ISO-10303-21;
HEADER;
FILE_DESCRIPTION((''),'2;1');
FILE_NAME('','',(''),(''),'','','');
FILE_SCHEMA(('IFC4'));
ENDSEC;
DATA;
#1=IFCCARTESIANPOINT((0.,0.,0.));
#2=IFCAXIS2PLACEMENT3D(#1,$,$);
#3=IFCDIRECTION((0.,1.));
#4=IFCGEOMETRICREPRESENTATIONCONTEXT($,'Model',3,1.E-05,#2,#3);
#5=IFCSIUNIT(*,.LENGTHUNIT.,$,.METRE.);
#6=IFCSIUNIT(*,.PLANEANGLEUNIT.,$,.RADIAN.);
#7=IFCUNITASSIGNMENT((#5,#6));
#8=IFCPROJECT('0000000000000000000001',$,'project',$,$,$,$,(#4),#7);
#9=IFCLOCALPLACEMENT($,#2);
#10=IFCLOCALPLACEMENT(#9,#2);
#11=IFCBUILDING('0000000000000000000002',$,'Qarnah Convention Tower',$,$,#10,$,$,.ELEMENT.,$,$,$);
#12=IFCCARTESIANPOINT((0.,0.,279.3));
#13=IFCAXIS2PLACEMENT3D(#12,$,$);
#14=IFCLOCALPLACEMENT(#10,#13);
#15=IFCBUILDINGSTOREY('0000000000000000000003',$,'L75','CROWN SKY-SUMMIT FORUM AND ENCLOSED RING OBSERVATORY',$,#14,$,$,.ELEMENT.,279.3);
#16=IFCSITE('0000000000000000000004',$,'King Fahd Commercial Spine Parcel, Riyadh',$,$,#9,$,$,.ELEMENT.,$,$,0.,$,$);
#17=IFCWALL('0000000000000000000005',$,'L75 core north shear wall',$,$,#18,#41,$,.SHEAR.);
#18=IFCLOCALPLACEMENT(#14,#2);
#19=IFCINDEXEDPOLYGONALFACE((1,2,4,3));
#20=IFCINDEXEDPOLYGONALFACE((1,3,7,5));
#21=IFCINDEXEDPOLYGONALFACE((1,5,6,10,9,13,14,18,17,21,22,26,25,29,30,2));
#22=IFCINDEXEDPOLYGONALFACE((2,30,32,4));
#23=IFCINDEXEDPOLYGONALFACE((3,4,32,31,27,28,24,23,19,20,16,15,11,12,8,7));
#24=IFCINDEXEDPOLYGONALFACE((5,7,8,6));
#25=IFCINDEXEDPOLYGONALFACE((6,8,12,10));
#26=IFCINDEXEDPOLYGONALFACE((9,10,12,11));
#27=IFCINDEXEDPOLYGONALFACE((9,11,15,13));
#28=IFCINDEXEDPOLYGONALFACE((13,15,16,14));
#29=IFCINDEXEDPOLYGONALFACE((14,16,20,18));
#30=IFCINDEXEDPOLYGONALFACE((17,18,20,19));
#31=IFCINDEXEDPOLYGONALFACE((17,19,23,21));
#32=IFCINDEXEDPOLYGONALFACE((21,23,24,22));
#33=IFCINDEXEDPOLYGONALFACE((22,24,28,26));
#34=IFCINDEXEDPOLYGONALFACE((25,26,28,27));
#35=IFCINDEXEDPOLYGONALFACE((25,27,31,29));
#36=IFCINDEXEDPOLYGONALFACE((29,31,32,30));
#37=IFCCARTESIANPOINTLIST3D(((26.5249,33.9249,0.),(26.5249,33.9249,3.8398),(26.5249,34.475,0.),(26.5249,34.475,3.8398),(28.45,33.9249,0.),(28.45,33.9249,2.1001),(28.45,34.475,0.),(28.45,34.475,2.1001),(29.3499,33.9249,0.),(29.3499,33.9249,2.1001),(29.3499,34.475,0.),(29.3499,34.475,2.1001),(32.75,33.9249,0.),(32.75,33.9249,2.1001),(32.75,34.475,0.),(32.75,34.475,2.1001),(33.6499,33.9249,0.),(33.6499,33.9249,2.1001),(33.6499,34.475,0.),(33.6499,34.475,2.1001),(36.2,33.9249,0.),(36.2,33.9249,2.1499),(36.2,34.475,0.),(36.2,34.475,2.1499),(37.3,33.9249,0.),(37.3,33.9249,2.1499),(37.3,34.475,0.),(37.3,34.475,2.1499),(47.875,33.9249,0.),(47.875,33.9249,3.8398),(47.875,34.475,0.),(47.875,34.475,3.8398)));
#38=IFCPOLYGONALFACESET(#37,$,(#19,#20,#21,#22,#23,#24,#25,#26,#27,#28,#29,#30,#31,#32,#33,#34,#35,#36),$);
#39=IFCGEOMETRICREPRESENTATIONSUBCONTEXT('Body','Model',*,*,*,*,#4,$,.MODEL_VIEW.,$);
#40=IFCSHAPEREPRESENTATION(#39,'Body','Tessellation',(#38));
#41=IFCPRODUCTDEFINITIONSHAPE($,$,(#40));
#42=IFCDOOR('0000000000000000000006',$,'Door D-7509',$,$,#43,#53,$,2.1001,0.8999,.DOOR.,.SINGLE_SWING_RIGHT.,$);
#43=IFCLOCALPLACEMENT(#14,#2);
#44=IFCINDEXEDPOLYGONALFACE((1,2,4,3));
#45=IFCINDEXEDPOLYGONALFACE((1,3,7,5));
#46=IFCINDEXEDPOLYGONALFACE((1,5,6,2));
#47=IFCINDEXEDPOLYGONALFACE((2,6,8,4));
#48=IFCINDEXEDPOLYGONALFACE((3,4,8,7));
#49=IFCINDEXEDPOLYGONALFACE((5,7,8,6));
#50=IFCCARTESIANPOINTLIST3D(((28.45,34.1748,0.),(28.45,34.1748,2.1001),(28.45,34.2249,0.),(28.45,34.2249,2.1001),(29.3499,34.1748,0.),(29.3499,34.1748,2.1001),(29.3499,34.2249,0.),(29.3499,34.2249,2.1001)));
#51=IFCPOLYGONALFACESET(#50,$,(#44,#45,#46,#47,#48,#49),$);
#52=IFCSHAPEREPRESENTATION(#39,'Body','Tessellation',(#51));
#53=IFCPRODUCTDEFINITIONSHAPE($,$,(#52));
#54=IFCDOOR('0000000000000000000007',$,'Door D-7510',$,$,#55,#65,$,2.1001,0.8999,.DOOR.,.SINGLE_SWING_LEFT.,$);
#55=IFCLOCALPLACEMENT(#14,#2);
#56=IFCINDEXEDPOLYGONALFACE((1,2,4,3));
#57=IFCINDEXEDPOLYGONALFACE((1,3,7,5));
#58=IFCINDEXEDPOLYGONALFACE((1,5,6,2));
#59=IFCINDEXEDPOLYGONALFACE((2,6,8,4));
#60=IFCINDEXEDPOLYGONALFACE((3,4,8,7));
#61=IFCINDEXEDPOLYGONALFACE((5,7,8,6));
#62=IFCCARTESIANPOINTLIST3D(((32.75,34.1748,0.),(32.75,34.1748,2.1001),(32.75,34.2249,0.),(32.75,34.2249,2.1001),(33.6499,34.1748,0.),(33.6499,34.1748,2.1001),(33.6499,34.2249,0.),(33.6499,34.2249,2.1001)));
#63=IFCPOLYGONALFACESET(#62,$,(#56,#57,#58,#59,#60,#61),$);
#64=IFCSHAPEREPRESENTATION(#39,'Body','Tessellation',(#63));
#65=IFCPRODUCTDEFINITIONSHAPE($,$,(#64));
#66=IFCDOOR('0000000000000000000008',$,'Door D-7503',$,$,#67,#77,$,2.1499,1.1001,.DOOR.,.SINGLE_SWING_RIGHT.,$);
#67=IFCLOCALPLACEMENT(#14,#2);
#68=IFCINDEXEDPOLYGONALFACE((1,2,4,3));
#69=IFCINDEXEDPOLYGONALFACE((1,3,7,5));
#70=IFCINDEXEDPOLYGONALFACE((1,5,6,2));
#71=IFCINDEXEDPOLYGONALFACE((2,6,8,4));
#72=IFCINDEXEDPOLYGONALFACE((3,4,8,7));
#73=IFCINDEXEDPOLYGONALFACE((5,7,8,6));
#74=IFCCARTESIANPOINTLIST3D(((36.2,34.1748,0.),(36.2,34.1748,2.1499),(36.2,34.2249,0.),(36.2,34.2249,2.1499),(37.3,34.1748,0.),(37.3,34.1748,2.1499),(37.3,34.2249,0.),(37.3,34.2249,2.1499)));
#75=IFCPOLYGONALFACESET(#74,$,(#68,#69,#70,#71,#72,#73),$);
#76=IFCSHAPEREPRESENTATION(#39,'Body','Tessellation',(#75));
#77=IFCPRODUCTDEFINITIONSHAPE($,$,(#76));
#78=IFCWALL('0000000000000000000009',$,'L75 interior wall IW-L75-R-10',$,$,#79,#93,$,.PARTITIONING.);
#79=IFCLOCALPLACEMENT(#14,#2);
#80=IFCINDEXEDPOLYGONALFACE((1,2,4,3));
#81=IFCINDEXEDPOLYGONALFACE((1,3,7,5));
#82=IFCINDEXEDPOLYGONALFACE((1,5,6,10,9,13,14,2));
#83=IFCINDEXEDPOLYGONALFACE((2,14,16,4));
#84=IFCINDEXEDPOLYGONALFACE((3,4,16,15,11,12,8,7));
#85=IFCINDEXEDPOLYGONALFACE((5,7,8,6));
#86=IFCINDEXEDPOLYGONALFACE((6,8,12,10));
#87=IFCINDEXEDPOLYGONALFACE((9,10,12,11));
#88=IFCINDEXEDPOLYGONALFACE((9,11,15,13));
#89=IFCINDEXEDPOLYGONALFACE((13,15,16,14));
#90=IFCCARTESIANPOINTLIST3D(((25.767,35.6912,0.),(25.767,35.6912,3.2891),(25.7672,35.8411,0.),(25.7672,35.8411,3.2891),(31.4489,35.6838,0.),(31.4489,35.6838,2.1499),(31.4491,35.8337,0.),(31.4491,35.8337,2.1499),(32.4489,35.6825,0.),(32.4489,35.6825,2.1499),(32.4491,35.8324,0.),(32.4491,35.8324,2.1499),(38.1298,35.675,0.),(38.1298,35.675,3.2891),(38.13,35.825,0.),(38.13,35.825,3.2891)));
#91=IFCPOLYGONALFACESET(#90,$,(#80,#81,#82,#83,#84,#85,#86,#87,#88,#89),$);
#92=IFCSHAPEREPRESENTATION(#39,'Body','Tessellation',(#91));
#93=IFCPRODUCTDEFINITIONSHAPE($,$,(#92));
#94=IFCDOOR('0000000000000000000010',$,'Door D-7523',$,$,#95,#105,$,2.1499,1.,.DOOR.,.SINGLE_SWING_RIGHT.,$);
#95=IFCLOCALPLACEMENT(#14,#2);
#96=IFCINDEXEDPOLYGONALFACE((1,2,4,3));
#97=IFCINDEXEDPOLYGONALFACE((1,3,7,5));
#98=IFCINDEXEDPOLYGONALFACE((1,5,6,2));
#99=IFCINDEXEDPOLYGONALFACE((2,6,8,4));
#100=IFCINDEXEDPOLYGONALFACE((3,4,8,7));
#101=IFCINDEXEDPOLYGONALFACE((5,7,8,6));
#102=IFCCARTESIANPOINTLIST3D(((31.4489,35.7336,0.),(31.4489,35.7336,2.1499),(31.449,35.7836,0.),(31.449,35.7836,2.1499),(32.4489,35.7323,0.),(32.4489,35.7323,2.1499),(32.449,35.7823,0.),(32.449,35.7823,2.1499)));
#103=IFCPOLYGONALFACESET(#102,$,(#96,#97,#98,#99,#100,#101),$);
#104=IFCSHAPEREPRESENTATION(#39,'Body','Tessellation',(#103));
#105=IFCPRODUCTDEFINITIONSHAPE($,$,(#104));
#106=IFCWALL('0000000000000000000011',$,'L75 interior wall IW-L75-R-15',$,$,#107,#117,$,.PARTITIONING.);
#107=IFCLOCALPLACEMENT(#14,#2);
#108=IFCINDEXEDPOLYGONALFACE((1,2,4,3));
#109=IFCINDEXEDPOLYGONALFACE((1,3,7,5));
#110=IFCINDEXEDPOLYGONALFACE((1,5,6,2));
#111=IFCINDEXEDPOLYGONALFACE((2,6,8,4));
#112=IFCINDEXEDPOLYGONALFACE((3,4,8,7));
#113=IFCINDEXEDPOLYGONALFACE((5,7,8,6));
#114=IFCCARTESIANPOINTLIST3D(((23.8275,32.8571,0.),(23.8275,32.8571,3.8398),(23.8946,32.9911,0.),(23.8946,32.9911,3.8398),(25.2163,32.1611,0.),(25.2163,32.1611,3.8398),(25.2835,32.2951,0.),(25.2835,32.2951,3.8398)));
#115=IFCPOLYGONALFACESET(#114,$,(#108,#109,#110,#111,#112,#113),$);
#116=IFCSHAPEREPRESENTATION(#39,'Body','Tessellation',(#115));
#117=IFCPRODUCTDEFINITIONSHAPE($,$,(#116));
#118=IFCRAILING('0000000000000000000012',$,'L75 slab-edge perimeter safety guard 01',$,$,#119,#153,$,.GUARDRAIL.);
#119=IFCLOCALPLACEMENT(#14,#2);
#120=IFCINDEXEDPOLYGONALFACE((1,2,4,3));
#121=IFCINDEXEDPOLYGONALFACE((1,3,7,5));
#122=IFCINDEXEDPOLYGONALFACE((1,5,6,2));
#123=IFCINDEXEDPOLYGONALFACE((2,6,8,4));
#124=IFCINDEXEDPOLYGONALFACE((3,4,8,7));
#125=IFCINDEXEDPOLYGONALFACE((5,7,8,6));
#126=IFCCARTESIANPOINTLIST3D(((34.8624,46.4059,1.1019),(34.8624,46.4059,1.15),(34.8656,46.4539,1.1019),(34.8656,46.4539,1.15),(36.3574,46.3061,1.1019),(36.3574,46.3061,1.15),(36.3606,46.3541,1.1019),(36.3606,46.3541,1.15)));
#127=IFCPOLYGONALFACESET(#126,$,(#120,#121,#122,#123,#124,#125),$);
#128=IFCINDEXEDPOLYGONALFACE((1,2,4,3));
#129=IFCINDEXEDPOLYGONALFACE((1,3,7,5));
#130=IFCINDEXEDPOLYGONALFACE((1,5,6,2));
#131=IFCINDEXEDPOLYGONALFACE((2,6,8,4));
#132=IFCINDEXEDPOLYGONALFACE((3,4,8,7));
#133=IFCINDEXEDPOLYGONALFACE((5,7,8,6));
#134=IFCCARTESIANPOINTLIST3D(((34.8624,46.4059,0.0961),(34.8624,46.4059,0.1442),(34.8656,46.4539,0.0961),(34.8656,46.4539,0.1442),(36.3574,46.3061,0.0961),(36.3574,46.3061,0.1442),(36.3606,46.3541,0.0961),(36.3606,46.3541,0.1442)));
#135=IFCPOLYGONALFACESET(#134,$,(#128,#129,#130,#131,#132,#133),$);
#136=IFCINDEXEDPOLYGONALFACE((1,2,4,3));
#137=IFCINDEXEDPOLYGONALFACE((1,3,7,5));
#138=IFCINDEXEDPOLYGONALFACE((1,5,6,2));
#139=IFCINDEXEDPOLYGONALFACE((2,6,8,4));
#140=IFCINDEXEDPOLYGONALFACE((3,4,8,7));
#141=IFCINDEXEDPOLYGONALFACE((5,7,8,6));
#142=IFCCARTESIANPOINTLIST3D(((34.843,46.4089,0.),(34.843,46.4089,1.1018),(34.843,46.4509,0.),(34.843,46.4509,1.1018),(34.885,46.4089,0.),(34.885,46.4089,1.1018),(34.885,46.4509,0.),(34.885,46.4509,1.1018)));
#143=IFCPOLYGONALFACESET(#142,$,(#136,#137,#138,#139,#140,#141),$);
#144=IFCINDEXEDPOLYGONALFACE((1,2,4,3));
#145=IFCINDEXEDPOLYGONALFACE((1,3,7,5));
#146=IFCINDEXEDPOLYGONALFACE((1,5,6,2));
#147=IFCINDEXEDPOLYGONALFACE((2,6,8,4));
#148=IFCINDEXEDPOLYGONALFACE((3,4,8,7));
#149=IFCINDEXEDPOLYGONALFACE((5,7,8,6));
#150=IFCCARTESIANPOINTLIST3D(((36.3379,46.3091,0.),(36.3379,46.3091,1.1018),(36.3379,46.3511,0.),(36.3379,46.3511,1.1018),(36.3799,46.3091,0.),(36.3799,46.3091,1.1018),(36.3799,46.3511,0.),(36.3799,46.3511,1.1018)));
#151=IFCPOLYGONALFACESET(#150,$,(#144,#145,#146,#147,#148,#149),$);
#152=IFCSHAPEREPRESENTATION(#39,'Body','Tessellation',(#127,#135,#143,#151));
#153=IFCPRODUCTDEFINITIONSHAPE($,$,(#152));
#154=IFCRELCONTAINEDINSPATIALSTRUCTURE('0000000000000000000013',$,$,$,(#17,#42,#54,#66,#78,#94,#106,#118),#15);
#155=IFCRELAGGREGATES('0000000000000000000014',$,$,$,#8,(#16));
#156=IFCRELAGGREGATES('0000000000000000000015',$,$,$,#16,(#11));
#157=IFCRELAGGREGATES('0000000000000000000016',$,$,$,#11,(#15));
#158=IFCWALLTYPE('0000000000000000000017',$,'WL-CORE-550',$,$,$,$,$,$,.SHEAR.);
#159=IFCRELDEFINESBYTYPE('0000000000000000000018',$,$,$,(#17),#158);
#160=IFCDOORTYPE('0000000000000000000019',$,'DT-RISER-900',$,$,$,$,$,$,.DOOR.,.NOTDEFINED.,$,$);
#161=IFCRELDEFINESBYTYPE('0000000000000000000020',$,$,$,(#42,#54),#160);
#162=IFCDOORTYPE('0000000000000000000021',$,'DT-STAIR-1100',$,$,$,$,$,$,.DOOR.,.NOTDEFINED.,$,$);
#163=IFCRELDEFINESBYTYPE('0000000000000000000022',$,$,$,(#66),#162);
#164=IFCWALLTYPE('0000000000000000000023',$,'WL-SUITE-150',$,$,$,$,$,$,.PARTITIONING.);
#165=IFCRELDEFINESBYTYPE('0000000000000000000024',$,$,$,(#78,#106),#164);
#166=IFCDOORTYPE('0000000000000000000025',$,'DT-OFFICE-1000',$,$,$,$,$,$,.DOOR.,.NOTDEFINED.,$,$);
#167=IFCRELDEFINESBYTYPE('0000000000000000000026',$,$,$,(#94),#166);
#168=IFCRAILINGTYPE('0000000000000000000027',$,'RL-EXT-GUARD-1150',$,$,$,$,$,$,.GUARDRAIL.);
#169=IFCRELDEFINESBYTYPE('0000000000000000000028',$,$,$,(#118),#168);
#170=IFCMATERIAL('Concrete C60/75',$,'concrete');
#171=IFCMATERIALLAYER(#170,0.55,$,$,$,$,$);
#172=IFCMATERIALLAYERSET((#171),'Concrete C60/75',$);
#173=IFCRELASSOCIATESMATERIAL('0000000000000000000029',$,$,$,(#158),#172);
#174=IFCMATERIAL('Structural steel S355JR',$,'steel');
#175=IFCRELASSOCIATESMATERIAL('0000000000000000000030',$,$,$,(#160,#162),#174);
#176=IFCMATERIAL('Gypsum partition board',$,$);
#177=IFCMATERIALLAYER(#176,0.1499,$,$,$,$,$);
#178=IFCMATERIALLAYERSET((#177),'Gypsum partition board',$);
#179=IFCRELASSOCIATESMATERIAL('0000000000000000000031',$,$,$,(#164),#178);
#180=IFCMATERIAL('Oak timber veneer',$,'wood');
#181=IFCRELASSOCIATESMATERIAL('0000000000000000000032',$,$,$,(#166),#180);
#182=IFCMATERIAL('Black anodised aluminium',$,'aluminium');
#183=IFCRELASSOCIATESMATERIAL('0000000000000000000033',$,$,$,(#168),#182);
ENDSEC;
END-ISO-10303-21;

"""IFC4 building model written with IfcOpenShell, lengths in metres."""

from ifc_helpers import new_model, si_unit, direction, frame, frame_2d, origin, origin_2d, place, context, subcontext, project, spatial, rectangle, extrude, material, layer, layer_set, type_object, element, fill, save


model = new_model("IFC4")

# Units and contexts
model_context = context("Model", 3, precision=1e-05, world=origin(), true_north=direction((0.0, 1.0)))
body_context = subcontext(model_context, "Body", "Model", "MODEL_VIEW")
ifc_project = project(units=[si_unit("LENGTHUNIT", "METRE"), si_unit("PLANEANGLEUNIT", "RADIAN")], contexts=[model_context])

# Site, building, storey
site_placement = place(None, origin())
site = spatial("IfcSite", under=ifc_project, at=site_placement, Name="King Fahd Commercial Spine Parcel, Riyadh", CompositionType="ELEMENT", RefElevation=0.0)
building_placement = place(site_placement, origin())
building = spatial("IfcBuilding", under=site, at=building_placement, Name="Qarnah Convention Tower", CompositionType="ELEMENT")
storey_placement = place(building_placement, frame((0.0, 0.0, 279.3)))
storey = spatial("IfcBuildingStorey", under=building, at=storey_placement, Name="L75", Description="CROWN SKY-SUMMIT FORUM AND ENCLOSED RING OBSERVATORY", CompositionType="ELEMENT", Elevation=279.3)

# Shared definitions
ifc_material_1 = material(Name="Structural steel S355JR", Category="steel")

# Shared definitions
ifc_material_2 = material(Name="Black anodised aluminium", Category="aluminium")

# Wall, openings, doors
ifc_material_3 = material(Name="Concrete C60/75", Category="concrete")
ifc_layer_1 = layer(ifc_material_3, 0.55)
ifc_layer_set_1 = layer_set([ifc_layer_1], Name="Concrete C60/75")
wall_type_1 = type_object("IfcWallType", Name="WL-CORE-550", PredefinedType="SHEAR", material=ifc_layer_set_1)
wall_1_placement = place(storey_placement, frame((26.5249, 34.2, 0.0), z_axis=(0.0, 0.0, 1.0), x_axis=(1.0, 0.0, 0.0)))
wall_1 = element("IfcWall", 1, at=wall_1_placement, inside=storey, type_object=wall_type_1, Name="L75 core north shear wall", PredefinedType="SHEAR", context=body_context, shape_type="SweptSolid", body=[
    extrude(rectangle(XDim=21.3501, YDim=0.55, at=frame_2d((10.675, 0.0))), origin(), (0.0, 0.0, 1.0), 3.8398),
])
opening_1_placement = place(wall_1_placement, frame((9.675, 0.0, 0.0)))
opening_1 = element("IfcOpeningElement", 2, at=opening_1_placement, cuts=wall_1, PredefinedType="OPENING", context=body_context, shape_type="SweptSolid", body=[
    extrude(rectangle(XDim=1.1001, YDim=2.1499, at=frame_2d((0.55, 1.075))), frame((0.0, 0.2849, 0.0), z_axis=(0.0, -1.0, 0.0), x_axis=(1.0, 0.0, 0.0)), (0.0, 0.0, 1.0), 0.5701),
])
opening_2_placement = place(wall_1_placement, frame((1.925, 0.0, 0.0)))
opening_2 = element("IfcOpeningElement", 3, at=opening_2_placement, cuts=wall_1, PredefinedType="OPENING", context=body_context, shape_type="SweptSolid", body=[
    extrude(rectangle(XDim=0.8999, YDim=2.1001, at=frame_2d((0.45, 1.05))), frame((0.0, 0.2849, 0.0), z_axis=(0.0, -1.0, 0.0), x_axis=(1.0, 0.0, 0.0)), (0.0, 0.0, 1.0), 0.5701),
])
opening_3_placement = place(wall_1_placement, frame((6.2251, 0.0, 0.0)))
opening_3 = element("IfcOpeningElement", 4, at=opening_3_placement, cuts=wall_1, PredefinedType="OPENING", context=body_context, shape_type="SweptSolid", body=[
    extrude(rectangle(XDim=0.8999, YDim=2.1001, at=frame_2d((0.45, 1.05))), frame((0.0, 0.2849, 0.0), z_axis=(0.0, -1.0, 0.0), x_axis=(1.0, 0.0, 0.0)), (0.0, 0.0, 1.0), 0.5701),
])
door_type_1 = type_object("IfcDoorType", Name="DT-RISER-900", OperationType="NOTDEFINED", PredefinedType="DOOR", material=ifc_material_1)
door_1_placement = place(opening_2_placement, origin())
door_1 = element("IfcDoor", 5, at=door_1_placement, inside=storey, type_object=door_type_1, Name="Door D-7509", OperationType="SINGLE_SWING_RIGHT", OverallHeight=2.1001, OverallWidth=0.8999, PredefinedType="DOOR", context=body_context, shape_type="SweptSolid", body=[
    extrude(rectangle(XDim=0.8999, YDim=2.1001, at=frame_2d((0.45, 1.05))), frame((0.0, 0.0249, 0.0), z_axis=(0.0, -1.0, 0.0), x_axis=(1.0, 0.0, 0.0)), (0.0, 0.0, 1.0), 0.05),
])
fill(opening_2, door_1)
door_2_placement = place(opening_3_placement, origin())
door_2 = element("IfcDoor", 6, at=door_2_placement, inside=storey, type_object=door_type_1, Name="Door D-7510", OperationType="SINGLE_SWING_LEFT", OverallHeight=2.1001, OverallWidth=0.8999, PredefinedType="DOOR", context=body_context, shape_type="SweptSolid", body=[
    extrude(rectangle(XDim=0.8999, YDim=2.1001, at=frame_2d((0.45, 1.05))), frame((0.0, 0.0249, 0.0), z_axis=(0.0, -1.0, 0.0), x_axis=(1.0, 0.0, 0.0)), (0.0, 0.0, 1.0), 0.05),
])
fill(opening_3, door_2)
door_type_2 = type_object("IfcDoorType", Name="DT-STAIR-1100", OperationType="NOTDEFINED", PredefinedType="DOOR", material=ifc_material_1)
door_3_placement = place(opening_1_placement, origin())
door_3 = element("IfcDoor", 7, at=door_3_placement, inside=storey, type_object=door_type_2, Name="Door D-7503", OperationType="SINGLE_SWING_RIGHT", OverallHeight=2.1499, OverallWidth=1.1001, PredefinedType="DOOR", context=body_context, shape_type="SweptSolid", body=[
    extrude(rectangle(XDim=1.1001, YDim=2.1499, at=frame_2d((0.55, 1.075))), frame((0.0, 0.0249, 0.0), z_axis=(0.0, -1.0, 0.0), x_axis=(1.0, 0.0, 0.0)), (0.0, 0.0, 1.0), 0.05),
])
fill(opening_1, door_3)

# Wall, opening, door
ifc_material_4 = material(Name="Gypsum partition board")
ifc_layer_2 = layer(ifc_material_4, 0.1499)
ifc_layer_set_2 = layer_set([ifc_layer_2], Name="Gypsum partition board")
wall_type_2 = type_object("IfcWallType", Name="WL-SUITE-150", PredefinedType="PARTITIONING", material=ifc_layer_set_2)
wall_2_placement = place(storey_placement, frame((25.7671, 35.7661, 0.0), z_axis=(0.0, 0.0, 1.0), x_axis=(0.999999, -0.001303, 0.0)))
wall_2 = element("IfcWall", 8, at=wall_2_placement, inside=storey, type_object=wall_type_2, Name="L75 interior wall IW-L75-R-10", PredefinedType="PARTITIONING", context=body_context, shape_type="SweptSolid", body=[
    extrude(rectangle(XDim=12.3628, YDim=0.1499, at=frame_2d((6.1814, 0.0))), origin(), (0.0, 0.0, 1.0), 3.2891),
])
opening_4_placement = place(wall_2_placement, frame((5.6819, 0.0, 0.0)))
opening_4 = element("IfcOpeningElement", 9, at=opening_4_placement, cuts=wall_2, PredefinedType="OPENING", context=body_context, shape_type="SweptSolid", body=[
    extrude(rectangle(XDim=1.0, YDim=2.1499, at=frame_2d((0.5, 1.075))), frame((0.0, 0.085, 0.0), z_axis=(0.0, -1.0, 0.0), x_axis=(1.0, 0.0, 0.0)), (0.0, 0.0, 1.0), 0.1699),
])
ifc_material_5 = material(Name="Oak timber veneer", Category="wood")
door_type_3 = type_object("IfcDoorType", Name="DT-OFFICE-1000", OperationType="NOTDEFINED", PredefinedType="DOOR", material=ifc_material_5)
door_4_placement = place(opening_4_placement, origin())
door_4 = element("IfcDoor", 10, at=door_4_placement, inside=storey, type_object=door_type_3, Name="Door D-7523", OperationType="SINGLE_SWING_RIGHT", OverallHeight=2.1499, OverallWidth=1.0, PredefinedType="DOOR", context=body_context, shape_type="SweptSolid", body=[
    extrude(rectangle(XDim=1.0, YDim=2.1499, at=frame_2d((0.5, 1.075))), frame((0.0, 0.0249, 0.0), z_axis=(0.0, -1.0, 0.0), x_axis=(1.0, 0.0, 0.0)), (0.0, 0.0, 1.0), 0.05),
])
fill(opening_4, door_4)

# Wall
wall_3_placement = place(storey_placement, frame((25.25, 32.228, 0.0), z_axis=(0.0, 0.0, 1.0), x_axis=(-0.894018, 0.448031, 0.0)))
element("IfcWall", 11, at=wall_3_placement, inside=storey, type_object=wall_type_2, Name="L75 interior wall IW-L75-R-15", PredefinedType="PARTITIONING", context=body_context, shape_type="SweptSolid", body=[
    extrude(rectangle(XDim=1.5535, YDim=0.1499, at=frame_2d((0.7769, 0.0))), origin(), (0.0, 0.0, 1.0), 3.8398),
])

# Railing
railing_type = type_object("IfcRailingType", Name="RL-EXT-GUARD-1150", PredefinedType="GUARDRAIL", material=ifc_material_2)
railing_1_placement = place(storey_placement, frame((34.864, 46.4299, 0.0)))
element("IfcRailing", 12, at=railing_1_placement, inside=storey, type_object=railing_type, Name="L75 slab-edge perimeter safety guard 01", PredefinedType="GUARDRAIL", context=body_context, shape_type="SweptSolid", body=[
    extrude(rectangle(XDim=0.0481, YDim=0.0481, at=origin_2d()), frame((0.0, 0.0, 1.126), z_axis=(0.997776, -0.066649, 0.0), x_axis=(0.066649, 0.997776, 0.0)), (0.0, 0.0, 1.0), 1.4983),
    extrude(rectangle(XDim=0.0481, YDim=0.0481, at=origin_2d()), frame((0.0, 0.0, 0.1201), z_axis=(0.997776, -0.066649, 0.0), x_axis=(0.066649, 0.997776, 0.0)), (0.0, 0.0, 1.0), 1.4983),
    extrude(rectangle(XDim=0.042, YDim=0.042, at=origin_2d()), origin(), (0.0, 0.0, 1.0), 1.1018),
    extrude(rectangle(XDim=0.042, YDim=0.042, at=origin_2d()), frame((1.4949, -0.0999, 0.0)), (0.0, 0.0, 1.0), 1.1018),
])

save(model, "model.ifc")
